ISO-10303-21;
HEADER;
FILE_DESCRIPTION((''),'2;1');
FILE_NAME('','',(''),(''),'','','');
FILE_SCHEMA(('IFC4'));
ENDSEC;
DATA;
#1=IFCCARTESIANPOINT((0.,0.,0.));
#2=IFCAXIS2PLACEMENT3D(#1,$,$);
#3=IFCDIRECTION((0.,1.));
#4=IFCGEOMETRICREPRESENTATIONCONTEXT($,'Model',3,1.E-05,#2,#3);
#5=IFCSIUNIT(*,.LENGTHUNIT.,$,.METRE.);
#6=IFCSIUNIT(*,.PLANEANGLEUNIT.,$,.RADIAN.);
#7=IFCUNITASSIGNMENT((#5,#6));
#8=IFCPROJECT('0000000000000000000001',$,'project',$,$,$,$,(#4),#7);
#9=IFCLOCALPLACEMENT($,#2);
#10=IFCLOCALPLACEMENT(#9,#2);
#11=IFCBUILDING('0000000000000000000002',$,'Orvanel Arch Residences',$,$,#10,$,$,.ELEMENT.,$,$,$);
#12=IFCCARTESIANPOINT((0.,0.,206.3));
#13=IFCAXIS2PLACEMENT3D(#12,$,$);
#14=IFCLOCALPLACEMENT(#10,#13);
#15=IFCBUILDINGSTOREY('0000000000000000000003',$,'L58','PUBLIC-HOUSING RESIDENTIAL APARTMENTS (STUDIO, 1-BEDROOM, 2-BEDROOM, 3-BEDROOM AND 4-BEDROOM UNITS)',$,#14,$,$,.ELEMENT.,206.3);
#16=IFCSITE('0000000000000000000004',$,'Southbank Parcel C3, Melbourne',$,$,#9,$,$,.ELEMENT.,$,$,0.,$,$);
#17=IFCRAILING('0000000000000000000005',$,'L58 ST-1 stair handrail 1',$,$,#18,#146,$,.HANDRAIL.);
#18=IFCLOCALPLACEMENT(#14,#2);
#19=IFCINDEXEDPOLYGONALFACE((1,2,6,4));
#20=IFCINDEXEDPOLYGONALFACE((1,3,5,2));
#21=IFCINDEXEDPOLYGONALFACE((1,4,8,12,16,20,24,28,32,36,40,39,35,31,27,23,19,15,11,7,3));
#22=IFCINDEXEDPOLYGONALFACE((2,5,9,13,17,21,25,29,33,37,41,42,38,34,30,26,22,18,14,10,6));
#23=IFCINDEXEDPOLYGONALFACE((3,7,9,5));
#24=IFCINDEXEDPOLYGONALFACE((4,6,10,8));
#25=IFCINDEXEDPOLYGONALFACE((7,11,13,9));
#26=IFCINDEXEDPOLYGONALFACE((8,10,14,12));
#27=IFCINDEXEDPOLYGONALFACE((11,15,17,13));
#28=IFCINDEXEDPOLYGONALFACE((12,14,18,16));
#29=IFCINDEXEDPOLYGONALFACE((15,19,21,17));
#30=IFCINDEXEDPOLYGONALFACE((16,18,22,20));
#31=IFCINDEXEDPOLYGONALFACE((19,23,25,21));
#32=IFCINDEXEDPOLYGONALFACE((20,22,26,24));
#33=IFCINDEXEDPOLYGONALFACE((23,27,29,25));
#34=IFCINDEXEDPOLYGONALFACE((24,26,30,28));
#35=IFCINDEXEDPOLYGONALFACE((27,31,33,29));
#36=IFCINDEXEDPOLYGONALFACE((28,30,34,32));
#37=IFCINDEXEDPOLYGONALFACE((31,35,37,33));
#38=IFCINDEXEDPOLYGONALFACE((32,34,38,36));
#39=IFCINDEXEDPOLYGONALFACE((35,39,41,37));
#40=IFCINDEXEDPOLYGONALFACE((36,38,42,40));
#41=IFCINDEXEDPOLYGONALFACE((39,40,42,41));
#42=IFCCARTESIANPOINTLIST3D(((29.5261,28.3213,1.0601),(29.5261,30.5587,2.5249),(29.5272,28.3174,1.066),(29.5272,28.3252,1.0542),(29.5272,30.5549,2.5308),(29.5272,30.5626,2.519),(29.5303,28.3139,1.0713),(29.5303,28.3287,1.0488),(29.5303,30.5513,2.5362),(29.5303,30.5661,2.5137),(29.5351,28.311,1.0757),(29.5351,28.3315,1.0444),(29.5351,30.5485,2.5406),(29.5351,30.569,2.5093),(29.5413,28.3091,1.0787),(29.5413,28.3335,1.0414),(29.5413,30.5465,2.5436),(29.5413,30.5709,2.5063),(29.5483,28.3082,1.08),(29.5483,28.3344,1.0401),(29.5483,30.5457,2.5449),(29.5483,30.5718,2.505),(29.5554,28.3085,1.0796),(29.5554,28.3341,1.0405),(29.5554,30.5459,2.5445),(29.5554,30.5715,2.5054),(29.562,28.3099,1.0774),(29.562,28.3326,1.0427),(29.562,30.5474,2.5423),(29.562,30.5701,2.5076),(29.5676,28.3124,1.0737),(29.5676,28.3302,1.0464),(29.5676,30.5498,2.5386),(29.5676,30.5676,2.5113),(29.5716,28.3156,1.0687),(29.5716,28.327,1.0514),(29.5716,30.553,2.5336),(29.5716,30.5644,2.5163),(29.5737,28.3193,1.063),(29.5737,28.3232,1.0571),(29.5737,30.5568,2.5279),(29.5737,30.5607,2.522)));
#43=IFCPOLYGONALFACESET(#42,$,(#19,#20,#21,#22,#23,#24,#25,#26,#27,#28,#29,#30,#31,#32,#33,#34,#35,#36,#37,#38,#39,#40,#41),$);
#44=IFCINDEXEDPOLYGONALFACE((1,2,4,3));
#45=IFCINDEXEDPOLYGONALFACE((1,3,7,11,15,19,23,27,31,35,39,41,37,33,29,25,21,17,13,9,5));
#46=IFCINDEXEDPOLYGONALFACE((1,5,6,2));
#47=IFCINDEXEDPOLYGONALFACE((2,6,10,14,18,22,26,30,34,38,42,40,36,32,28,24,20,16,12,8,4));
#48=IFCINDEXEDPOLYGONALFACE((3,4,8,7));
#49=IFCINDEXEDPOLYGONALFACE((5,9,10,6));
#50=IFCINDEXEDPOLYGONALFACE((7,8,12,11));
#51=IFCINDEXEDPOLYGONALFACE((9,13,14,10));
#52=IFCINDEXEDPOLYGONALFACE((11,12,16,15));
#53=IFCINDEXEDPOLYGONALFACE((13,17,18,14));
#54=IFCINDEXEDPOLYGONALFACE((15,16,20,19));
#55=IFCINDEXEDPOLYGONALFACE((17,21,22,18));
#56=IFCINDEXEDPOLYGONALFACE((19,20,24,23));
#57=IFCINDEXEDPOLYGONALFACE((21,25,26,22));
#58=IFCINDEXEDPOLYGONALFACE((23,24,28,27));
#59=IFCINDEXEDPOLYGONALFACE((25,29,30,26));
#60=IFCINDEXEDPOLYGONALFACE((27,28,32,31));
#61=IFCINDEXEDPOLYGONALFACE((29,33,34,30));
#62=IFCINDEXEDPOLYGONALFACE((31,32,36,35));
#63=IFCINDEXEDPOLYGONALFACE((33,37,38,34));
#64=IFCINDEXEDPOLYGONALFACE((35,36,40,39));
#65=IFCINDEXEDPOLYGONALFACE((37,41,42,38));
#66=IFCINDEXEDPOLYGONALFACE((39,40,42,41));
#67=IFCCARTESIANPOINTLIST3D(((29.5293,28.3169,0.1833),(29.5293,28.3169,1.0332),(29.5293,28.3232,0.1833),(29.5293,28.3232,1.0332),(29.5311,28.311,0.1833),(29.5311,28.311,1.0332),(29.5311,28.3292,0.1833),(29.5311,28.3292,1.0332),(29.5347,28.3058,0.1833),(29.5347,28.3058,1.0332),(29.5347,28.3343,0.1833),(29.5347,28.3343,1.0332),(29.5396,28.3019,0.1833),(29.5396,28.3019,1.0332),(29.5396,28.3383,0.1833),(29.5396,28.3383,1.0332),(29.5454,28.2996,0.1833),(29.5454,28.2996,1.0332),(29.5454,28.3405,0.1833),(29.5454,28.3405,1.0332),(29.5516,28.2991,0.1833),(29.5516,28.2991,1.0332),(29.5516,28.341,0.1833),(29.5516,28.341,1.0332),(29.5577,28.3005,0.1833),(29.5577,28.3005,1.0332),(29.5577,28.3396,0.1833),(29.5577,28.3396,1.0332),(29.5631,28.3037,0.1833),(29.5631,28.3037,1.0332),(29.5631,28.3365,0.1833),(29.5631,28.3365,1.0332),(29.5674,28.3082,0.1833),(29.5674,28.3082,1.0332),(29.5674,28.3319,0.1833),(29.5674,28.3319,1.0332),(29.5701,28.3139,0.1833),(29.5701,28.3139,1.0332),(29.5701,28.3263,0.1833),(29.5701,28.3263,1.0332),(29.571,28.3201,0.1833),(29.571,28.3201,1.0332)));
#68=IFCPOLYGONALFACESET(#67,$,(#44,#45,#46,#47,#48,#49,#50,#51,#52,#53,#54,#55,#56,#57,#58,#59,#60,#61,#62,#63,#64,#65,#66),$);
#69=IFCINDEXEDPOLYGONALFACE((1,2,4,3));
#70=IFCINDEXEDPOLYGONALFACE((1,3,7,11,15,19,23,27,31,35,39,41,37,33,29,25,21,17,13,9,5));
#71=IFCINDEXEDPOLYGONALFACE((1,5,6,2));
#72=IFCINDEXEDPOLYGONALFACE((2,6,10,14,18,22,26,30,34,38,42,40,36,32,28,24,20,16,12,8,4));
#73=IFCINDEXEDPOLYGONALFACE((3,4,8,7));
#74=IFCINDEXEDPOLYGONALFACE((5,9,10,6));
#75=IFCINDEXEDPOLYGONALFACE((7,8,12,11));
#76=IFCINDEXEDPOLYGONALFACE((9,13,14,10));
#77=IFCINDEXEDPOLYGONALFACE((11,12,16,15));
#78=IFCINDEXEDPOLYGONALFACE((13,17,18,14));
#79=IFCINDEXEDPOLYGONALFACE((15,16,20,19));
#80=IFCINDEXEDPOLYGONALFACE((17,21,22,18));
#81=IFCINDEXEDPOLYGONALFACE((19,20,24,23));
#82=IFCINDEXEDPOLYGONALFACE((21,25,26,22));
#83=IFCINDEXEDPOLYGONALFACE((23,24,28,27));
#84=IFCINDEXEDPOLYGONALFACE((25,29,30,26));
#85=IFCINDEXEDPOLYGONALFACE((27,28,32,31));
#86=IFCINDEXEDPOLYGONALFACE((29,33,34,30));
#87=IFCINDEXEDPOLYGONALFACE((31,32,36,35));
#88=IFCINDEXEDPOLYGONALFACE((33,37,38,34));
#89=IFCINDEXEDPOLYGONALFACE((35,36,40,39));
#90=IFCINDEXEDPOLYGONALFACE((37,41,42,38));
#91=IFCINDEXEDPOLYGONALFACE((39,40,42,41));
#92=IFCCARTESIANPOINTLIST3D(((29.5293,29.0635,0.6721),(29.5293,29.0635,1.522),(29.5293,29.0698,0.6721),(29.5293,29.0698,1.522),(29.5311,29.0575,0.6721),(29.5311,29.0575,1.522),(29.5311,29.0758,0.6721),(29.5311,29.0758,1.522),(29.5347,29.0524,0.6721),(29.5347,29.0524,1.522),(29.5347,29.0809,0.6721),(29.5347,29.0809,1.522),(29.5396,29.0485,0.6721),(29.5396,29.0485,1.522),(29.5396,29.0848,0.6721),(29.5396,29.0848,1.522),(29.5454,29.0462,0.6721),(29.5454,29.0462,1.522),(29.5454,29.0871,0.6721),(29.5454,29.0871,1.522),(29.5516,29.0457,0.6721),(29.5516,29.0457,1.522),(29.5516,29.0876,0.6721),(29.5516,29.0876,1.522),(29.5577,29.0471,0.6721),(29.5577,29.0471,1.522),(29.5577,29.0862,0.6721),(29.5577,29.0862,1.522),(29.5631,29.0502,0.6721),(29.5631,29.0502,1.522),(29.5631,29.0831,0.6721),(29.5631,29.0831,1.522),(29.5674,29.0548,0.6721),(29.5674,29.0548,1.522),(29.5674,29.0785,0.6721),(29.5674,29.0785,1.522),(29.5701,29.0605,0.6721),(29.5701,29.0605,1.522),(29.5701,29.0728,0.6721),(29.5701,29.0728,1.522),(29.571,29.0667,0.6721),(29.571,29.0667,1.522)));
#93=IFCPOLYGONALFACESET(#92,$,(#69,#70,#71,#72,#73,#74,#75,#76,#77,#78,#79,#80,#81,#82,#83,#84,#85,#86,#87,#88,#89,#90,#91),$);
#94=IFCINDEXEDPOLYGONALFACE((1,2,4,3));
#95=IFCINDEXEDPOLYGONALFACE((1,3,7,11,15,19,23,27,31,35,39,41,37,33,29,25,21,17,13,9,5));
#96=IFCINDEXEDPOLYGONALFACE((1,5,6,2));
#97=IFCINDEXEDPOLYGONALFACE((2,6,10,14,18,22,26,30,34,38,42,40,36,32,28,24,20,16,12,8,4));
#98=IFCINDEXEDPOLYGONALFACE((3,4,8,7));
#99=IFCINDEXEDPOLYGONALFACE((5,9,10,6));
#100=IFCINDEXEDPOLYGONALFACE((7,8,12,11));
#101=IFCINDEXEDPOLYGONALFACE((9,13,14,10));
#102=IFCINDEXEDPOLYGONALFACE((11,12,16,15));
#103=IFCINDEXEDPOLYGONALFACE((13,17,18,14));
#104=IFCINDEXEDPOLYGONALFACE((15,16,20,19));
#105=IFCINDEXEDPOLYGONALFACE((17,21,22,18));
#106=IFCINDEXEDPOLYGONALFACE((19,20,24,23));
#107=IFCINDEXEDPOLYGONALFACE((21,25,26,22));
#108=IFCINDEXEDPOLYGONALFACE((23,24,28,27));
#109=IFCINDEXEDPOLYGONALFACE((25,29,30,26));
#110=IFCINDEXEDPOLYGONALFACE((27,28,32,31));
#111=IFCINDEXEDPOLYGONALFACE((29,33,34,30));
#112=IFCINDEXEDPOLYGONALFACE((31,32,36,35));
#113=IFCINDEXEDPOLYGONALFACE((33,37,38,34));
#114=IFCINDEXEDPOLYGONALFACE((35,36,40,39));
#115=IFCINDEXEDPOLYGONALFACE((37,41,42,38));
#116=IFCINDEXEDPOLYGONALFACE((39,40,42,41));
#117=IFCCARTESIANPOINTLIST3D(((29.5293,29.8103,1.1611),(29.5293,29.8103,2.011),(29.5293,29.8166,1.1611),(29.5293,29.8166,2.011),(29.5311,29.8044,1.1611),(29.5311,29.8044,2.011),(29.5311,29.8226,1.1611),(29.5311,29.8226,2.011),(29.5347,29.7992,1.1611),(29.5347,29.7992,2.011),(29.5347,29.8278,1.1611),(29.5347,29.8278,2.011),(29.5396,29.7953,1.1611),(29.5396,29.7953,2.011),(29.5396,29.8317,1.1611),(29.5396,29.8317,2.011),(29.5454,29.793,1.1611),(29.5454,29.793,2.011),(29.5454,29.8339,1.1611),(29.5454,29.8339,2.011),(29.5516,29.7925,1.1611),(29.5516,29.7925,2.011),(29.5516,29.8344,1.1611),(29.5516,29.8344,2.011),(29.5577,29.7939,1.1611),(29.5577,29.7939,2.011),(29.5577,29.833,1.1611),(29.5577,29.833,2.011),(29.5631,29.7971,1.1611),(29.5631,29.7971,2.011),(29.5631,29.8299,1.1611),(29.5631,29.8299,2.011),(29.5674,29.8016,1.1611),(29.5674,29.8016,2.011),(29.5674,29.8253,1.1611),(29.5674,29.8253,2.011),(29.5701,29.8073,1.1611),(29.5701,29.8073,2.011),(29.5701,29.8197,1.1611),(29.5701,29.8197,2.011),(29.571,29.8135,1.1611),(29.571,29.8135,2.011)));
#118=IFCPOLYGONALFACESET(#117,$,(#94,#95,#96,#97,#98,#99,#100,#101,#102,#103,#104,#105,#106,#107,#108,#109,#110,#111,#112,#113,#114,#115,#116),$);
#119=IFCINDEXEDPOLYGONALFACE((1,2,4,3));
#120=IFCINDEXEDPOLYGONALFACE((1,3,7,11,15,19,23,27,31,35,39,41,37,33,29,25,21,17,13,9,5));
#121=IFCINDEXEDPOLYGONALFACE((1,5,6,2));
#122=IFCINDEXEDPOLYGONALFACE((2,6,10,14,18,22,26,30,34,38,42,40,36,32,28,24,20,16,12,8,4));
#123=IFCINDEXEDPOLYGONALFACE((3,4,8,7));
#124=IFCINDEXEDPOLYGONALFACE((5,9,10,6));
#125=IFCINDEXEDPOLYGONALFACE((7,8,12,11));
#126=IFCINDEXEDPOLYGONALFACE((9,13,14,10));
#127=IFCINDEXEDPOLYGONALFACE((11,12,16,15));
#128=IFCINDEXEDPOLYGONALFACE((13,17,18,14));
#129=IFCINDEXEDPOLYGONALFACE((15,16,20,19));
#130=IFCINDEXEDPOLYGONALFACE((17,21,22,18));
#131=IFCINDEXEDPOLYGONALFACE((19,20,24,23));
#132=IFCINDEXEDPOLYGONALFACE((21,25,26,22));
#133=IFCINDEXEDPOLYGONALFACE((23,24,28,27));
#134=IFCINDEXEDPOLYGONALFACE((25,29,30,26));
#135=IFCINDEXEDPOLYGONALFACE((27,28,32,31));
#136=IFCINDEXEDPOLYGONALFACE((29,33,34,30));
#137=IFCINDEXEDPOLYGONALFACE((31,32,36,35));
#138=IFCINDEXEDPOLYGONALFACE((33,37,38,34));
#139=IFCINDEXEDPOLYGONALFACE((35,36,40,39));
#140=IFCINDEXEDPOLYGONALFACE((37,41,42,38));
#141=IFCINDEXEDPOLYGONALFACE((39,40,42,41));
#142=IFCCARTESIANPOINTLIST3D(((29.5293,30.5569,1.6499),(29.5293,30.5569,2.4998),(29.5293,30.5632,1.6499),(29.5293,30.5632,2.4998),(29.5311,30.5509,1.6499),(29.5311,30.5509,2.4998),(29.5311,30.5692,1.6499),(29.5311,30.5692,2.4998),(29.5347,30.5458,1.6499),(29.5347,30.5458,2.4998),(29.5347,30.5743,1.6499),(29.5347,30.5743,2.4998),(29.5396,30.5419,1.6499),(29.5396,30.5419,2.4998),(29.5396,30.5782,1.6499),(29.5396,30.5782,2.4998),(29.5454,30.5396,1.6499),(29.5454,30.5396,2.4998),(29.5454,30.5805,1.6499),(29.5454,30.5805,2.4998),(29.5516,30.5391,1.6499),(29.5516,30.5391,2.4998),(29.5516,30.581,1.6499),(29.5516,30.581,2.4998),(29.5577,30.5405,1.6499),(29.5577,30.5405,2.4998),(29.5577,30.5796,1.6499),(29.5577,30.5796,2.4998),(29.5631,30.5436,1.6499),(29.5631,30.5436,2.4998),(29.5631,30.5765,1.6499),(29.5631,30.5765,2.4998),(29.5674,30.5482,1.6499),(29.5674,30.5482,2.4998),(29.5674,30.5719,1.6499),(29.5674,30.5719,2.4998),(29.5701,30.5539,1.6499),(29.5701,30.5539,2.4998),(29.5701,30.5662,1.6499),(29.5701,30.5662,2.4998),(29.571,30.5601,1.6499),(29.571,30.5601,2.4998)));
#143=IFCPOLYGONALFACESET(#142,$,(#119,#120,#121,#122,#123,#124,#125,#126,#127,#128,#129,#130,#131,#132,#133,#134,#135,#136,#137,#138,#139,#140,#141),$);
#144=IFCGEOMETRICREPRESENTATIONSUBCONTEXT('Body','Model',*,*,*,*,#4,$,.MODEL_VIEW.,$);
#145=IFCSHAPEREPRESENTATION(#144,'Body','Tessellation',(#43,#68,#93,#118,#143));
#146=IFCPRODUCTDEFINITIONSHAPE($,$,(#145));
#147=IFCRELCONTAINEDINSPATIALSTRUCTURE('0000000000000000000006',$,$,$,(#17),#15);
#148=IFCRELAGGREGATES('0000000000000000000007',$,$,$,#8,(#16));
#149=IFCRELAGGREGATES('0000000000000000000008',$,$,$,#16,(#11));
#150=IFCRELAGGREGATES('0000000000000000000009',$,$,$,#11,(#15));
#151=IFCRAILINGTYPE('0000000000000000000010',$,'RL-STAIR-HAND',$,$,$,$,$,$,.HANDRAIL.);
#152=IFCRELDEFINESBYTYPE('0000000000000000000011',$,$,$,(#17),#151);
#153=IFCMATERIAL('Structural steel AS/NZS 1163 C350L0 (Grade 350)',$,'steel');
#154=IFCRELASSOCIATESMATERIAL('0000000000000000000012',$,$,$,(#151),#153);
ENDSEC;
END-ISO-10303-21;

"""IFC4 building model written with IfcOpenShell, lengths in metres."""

from ifc_helpers import new_model, si_unit, direction, frame, origin, origin_2d, place, context, subcontext, project, spatial, circle, extrude, material, type_object, element, save


model = new_model("IFC4")

# Units and contexts
model_context = context("Model", 3, precision=1e-05, world=origin(), true_north=direction((0.0, 1.0)))
body_context = subcontext(model_context, "Body", "Model", "MODEL_VIEW")
ifc_project = project(units=[si_unit("LENGTHUNIT", "METRE"), si_unit("PLANEANGLEUNIT", "RADIAN")], contexts=[model_context])

# Site, building, storey
site_placement = place(None, origin())
site = spatial("IfcSite", under=ifc_project, at=site_placement, Name="Southbank Parcel C3, Melbourne", CompositionType="ELEMENT", RefElevation=0.0)
building_placement = place(site_placement, origin())
building = spatial("IfcBuilding", under=site, at=building_placement, Name="Orvanel Arch Residences", CompositionType="ELEMENT")
storey_placement = place(building_placement, frame((0.0, 0.0, 206.3)))
storey = spatial("IfcBuildingStorey", under=building, at=storey_placement, Name="L58", Description="PUBLIC-HOUSING RESIDENTIAL APARTMENTS (STUDIO, 1-BEDROOM, 2-BEDROOM, 3-BEDROOM AND 4-BEDROOM UNITS)", CompositionType="ELEMENT", Elevation=206.3)

# Railing
ifc_material_1 = material(Name="Structural steel AS/NZS 1163 C350L0 (Grade 350)", Category="steel")
railing_type_1 = type_object("IfcRailingType", Name="RL-STAIR-HAND", PredefinedType="HANDRAIL", material=ifc_material_1)
railing_1_placement = place(storey_placement, frame((29.55, 28.3201, 0.1833)))
element("IfcRailing", 1, at=railing_1_placement, inside=storey, type_object=railing_type_1, Name="L58 ST-1 stair handrail 1", PredefinedType="HANDRAIL", context=body_context, shape_type="SweptSolid", body=[
    extrude(circle(Radius=0.0239, at=origin_2d()), frame((0.0, 0.0012, 0.8767), z_axis=(0.0, 0.836637, 0.547758), x_axis=(-1.0, 0.0, 0.0)), (0.0, 0.0, 1.0), 2.6743),
    extrude(circle(Radius=0.021, at=origin_2d()), origin(), (0.0, 0.0, 1.0), 0.8499),
    extrude(circle(Radius=0.021, at=origin_2d()), frame((0.0, 0.7466, 0.4888)), (0.0, 0.0, 1.0), 0.8499),
    extrude(circle(Radius=0.021, at=origin_2d()), frame((0.0, 1.4934, 0.9778)), (0.0, 0.0, 1.0), 0.8499),
    extrude(circle(Radius=0.021, at=origin_2d()), frame((0.0, 2.24, 1.4666)), (0.0, 0.0, 1.0), 0.8499),
])

save(model, "model.ifc")
